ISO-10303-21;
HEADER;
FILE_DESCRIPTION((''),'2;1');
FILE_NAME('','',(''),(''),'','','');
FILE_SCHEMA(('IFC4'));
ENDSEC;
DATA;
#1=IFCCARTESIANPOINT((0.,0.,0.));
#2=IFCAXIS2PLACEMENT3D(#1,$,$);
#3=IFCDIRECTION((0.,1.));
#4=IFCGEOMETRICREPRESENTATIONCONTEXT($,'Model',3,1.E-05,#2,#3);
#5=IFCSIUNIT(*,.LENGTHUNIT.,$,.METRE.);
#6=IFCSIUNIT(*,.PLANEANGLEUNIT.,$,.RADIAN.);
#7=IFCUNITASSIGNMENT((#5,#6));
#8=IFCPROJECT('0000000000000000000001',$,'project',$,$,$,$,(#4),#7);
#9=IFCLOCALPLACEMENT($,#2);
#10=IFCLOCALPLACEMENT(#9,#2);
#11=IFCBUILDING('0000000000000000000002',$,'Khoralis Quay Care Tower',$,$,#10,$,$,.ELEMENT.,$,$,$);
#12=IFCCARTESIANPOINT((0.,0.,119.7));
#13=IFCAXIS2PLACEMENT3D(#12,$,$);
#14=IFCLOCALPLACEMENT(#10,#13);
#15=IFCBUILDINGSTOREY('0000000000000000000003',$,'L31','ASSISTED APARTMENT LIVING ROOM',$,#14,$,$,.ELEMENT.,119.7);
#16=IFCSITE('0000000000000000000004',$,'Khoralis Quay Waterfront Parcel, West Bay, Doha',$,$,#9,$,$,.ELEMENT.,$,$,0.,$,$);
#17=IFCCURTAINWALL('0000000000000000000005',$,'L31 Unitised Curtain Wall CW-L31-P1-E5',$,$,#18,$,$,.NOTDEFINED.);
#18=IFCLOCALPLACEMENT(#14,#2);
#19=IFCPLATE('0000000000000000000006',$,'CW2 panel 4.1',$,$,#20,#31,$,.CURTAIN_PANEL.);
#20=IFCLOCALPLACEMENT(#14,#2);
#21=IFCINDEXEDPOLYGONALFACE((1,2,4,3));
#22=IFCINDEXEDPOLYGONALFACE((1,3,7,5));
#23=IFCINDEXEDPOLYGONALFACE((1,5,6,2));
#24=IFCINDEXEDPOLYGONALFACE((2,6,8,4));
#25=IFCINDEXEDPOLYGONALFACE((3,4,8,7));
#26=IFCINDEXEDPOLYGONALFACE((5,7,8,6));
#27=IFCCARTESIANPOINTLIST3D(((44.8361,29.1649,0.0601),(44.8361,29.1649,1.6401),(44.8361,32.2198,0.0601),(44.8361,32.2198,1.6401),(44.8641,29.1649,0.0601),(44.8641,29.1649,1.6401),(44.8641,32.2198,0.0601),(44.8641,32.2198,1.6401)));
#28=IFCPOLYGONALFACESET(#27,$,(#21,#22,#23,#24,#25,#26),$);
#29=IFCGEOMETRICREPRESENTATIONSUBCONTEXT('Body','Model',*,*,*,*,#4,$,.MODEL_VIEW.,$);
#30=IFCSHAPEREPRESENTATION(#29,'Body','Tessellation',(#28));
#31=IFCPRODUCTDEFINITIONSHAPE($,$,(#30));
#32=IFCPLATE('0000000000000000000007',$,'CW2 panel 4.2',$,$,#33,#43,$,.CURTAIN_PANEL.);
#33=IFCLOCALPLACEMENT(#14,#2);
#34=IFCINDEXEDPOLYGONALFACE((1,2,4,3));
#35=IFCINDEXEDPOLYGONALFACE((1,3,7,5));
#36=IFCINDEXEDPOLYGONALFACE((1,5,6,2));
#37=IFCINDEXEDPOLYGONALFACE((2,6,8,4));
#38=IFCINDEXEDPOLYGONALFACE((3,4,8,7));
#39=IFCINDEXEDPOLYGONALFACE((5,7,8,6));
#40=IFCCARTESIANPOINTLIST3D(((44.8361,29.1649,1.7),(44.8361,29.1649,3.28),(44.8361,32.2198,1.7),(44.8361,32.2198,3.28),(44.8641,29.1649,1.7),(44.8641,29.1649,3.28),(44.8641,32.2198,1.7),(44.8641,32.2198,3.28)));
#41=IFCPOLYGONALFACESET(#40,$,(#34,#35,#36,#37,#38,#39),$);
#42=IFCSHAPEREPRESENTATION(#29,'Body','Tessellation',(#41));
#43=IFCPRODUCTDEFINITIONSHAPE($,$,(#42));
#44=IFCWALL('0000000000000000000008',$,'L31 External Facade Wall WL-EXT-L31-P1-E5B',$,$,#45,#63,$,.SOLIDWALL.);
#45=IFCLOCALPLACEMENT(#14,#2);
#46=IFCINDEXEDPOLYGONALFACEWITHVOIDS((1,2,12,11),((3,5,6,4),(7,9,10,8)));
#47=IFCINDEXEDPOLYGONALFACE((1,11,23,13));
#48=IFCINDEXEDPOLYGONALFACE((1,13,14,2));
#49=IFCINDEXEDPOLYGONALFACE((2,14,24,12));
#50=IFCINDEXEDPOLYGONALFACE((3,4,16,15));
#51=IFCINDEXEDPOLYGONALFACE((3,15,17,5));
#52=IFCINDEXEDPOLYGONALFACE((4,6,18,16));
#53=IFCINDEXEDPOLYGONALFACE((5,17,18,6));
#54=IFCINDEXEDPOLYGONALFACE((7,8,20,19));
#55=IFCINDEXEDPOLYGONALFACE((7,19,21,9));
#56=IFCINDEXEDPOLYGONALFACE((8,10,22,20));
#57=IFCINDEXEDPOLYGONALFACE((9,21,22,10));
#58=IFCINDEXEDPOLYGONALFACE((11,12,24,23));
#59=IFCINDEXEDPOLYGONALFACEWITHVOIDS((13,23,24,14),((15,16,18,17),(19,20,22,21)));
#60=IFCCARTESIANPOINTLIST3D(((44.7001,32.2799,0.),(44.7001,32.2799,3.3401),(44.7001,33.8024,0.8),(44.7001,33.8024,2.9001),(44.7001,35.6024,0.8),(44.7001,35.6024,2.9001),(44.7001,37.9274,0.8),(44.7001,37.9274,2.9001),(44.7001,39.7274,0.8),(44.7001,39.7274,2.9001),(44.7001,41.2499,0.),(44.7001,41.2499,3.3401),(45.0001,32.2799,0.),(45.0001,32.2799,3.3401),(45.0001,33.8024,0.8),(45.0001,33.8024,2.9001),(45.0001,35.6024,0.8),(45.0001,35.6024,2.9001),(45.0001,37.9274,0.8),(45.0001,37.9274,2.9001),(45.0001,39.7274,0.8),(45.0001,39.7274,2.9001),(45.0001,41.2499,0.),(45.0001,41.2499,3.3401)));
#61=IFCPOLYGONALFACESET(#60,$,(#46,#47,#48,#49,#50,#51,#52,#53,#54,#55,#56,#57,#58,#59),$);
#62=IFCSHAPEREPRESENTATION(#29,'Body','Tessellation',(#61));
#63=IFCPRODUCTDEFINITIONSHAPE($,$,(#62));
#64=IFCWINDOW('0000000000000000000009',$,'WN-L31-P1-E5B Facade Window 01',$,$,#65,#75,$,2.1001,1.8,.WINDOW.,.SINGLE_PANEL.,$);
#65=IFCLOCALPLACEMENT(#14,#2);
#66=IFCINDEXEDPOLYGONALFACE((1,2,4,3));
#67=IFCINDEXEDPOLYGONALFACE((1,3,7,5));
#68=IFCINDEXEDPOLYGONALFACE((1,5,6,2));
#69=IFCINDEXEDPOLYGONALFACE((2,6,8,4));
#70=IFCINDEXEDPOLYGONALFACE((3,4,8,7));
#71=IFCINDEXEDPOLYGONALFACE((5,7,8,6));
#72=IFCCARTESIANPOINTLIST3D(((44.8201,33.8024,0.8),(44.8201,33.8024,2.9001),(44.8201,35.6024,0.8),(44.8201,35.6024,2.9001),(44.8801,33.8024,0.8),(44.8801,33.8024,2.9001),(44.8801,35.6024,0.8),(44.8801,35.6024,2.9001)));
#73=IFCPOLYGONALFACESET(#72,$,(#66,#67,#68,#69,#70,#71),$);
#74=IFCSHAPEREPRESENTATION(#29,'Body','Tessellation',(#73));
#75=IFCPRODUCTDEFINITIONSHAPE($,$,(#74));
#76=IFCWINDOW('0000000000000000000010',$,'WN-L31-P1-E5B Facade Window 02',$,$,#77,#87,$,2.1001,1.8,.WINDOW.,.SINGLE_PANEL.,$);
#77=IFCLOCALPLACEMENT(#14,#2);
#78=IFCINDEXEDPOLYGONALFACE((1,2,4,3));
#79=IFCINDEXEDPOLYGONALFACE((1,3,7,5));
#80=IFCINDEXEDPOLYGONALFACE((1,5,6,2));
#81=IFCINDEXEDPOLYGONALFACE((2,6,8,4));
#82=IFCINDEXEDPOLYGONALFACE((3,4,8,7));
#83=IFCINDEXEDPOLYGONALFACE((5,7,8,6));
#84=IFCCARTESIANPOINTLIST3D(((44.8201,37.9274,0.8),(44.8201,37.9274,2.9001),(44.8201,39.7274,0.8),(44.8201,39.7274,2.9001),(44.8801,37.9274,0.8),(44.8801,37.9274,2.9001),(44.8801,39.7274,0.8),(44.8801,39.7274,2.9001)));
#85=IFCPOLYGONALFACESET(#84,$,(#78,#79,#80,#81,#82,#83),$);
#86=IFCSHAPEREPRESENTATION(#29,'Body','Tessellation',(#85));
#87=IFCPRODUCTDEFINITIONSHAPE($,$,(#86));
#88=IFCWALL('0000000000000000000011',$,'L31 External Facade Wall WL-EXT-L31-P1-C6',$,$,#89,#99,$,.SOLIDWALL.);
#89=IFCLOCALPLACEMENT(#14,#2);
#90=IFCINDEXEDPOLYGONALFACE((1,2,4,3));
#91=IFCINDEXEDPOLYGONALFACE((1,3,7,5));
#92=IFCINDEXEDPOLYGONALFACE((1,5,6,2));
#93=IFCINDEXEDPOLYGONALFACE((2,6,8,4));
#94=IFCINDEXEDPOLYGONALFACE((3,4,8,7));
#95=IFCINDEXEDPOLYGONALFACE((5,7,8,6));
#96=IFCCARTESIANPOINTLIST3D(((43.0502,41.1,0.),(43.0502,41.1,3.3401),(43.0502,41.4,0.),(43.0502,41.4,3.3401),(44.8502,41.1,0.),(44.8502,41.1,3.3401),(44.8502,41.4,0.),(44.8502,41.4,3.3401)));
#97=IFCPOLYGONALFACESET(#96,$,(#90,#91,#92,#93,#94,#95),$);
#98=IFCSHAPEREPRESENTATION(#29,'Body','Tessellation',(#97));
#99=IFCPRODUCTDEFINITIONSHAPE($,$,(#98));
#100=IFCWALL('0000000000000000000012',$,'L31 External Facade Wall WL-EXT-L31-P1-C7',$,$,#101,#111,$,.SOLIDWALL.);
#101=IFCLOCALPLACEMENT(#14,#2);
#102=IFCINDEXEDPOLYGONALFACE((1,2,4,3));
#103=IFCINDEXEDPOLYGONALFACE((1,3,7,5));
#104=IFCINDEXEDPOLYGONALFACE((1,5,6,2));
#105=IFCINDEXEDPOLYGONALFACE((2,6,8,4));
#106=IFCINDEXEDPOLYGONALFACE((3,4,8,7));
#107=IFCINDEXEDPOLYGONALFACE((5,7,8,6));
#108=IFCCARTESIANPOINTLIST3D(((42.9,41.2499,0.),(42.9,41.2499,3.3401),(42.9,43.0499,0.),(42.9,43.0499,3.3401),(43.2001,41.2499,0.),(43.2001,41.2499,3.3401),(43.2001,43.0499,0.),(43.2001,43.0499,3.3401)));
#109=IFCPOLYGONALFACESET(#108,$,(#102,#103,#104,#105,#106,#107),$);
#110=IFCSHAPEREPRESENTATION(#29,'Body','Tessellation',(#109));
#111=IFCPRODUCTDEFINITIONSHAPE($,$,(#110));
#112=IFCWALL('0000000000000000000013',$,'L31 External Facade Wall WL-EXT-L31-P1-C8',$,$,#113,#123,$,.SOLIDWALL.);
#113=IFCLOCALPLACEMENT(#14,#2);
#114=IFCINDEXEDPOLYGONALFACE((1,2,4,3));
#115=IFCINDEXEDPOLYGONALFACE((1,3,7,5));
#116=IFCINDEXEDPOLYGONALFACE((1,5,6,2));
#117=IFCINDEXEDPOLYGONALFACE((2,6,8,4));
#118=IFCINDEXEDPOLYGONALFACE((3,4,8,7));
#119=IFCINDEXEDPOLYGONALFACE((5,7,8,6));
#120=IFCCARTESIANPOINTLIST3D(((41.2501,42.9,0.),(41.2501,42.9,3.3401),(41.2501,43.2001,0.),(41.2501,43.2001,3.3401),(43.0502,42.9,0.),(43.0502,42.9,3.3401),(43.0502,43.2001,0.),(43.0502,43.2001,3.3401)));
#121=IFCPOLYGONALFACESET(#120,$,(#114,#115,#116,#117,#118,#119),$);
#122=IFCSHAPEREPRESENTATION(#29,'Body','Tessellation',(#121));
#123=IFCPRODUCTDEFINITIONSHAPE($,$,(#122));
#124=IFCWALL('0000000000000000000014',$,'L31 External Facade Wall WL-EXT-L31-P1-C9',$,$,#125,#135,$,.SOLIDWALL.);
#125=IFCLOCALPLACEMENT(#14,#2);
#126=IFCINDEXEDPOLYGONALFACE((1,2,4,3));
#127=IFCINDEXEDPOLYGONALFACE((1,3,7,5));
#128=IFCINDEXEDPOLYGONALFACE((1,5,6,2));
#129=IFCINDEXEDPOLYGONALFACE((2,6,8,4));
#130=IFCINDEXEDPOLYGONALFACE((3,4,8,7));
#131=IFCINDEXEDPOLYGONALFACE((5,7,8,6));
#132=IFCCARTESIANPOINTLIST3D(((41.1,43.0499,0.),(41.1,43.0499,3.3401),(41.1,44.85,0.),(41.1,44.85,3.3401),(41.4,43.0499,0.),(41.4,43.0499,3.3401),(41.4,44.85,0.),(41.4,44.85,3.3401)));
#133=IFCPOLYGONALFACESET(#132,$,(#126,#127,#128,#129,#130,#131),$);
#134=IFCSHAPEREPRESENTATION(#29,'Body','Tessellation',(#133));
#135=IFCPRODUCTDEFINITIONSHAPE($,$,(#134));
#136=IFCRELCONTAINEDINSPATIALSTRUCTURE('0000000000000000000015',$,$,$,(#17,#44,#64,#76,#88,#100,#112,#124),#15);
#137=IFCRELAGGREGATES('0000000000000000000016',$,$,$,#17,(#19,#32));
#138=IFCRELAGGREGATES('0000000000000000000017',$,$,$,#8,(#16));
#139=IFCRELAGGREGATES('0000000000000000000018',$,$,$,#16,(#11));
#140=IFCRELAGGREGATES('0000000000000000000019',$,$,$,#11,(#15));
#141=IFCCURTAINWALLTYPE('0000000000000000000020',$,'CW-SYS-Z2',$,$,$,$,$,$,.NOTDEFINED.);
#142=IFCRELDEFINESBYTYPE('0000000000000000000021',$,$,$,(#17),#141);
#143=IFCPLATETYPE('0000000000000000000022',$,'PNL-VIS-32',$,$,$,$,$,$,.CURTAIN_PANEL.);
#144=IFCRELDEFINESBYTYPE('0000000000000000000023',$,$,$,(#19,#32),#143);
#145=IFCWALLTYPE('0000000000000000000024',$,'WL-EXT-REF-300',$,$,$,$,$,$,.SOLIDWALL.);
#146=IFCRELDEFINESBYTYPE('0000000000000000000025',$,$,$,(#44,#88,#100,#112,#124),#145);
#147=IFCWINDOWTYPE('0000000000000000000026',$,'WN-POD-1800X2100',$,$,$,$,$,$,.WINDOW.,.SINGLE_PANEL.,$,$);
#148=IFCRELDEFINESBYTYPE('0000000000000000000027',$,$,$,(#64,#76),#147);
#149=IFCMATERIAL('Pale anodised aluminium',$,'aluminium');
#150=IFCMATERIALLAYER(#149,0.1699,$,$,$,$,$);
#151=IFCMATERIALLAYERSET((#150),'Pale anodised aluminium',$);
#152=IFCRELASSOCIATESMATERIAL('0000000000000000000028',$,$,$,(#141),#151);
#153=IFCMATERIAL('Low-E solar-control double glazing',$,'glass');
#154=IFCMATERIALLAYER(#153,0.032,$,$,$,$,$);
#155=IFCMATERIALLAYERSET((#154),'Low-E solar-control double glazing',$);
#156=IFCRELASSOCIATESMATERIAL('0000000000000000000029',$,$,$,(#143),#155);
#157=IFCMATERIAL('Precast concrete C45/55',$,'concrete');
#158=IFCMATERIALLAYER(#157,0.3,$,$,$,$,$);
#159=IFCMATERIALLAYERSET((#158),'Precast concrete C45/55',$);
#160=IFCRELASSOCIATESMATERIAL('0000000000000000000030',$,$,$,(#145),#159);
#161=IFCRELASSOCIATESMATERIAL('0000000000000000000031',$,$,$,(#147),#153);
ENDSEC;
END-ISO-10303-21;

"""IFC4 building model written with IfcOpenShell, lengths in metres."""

from ifc_helpers import new_model, si_unit, direction, frame, frame_2d, origin, origin_2d, place, context, subcontext, project, spatial, rectangle, extrude, source, transform, mapped, material, layer, layer_set, type_object, element, fill, aggregate, save


model = new_model("IFC4")

# Units and contexts
model_context = context("Model", 3, precision=1e-05, world=origin(), true_north=direction((0.0, 1.0)))
body_context = subcontext(model_context, "Body", "Model", "MODEL_VIEW")
ifc_project = project(units=[si_unit("LENGTHUNIT", "METRE"), si_unit("PLANEANGLEUNIT", "RADIAN")], contexts=[model_context])

# Site, building, storey
site_placement = place(None, origin())
site = spatial("IfcSite", under=ifc_project, at=site_placement, Name="Khoralis Quay Waterfront Parcel, West Bay, Doha", CompositionType="ELEMENT", RefElevation=0.0)
building_placement = place(site_placement, origin())
building = spatial("IfcBuilding", under=site, at=building_placement, Name="Khoralis Quay Care Tower", CompositionType="ELEMENT")
storey_placement = place(building_placement, frame((0.0, 0.0, 119.7)))
storey = spatial("IfcBuildingStorey", under=building, at=storey_placement, Name="L31", Description="ASSISTED APARTMENT LIVING ROOM", CompositionType="ELEMENT", Elevation=119.7)

# Curtain wall, plates
ifc_material_1 = material(Name="Pale anodised aluminium", Category="aluminium")
ifc_layer_1 = layer(ifc_material_1, 0.1699)
ifc_layer_set_1 = layer_set([ifc_layer_1], Name="Pale anodised aluminium")
curtain_wall_type = type_object("IfcCurtainWallType", Name="CW-SYS-Z2", PredefinedType="NOTDEFINED", material=ifc_layer_set_1)
curtain_wall_placement = place(storey_placement, origin())
curtain_wall = element("IfcCurtainWall", 1, at=curtain_wall_placement, inside=storey, type_object=curtain_wall_type, Name="L31 Unitised Curtain Wall CW-L31-P1-E5", PredefinedType="NOTDEFINED")
ifc_material_2 = material(Name="Low-E solar-control double glazing", Category="glass")
ifc_layer_2 = layer(ifc_material_2, 0.032)
ifc_layer_set_2 = layer_set([ifc_layer_2], Name="Low-E solar-control double glazing")
plate_type = type_object("IfcPlateType", Name="PNL-VIS-32", PredefinedType="CURTAIN_PANEL", material=ifc_layer_set_2)
shared_shape_1 = source(origin(), body_context, "Body", "SweptSolid", [
    extrude(rectangle(XDim=3.0549, YDim=0.0281, at=origin_2d()), origin(), (0.0, 0.0, 1.0), 1.5801),
])
plate_1_placement = place(storey_placement, frame((44.8501, 30.6924, 0.0601), z_axis=(0.0, 0.0, 1.0), x_axis=(0.0, 1.0, 0.0)))
plate_1 = element("IfcPlate", 2, at=plate_1_placement, type_object=plate_type, Name="CW2 panel 4.1", PredefinedType="CURTAIN_PANEL", context=body_context, shape_type="MappedRepresentation", body=[
    mapped(shared_shape_1, transform((0.0, 0.0, 0.0), scale=1.0)),
])
plate_2_placement = place(storey_placement, frame((44.8501, 30.6924, 1.7), z_axis=(0.0, 0.0, 1.0), x_axis=(0.0, 1.0, 0.0)))
plate_2 = element("IfcPlate", 3, at=plate_2_placement, type_object=plate_type, Name="CW2 panel 4.2", PredefinedType="CURTAIN_PANEL", context=body_context, shape_type="MappedRepresentation", body=[
    mapped(shared_shape_1, transform((0.0, 0.0, 0.0), scale=1.0)),
])
aggregate(curtain_wall, [plate_1, plate_2])

# Wall, openings, windows
ifc_material_3 = material(Name="Precast concrete C45/55", Category="concrete")
ifc_layer_3 = layer(ifc_material_3, 0.3)
ifc_layer_set_3 = layer_set([ifc_layer_3], Name="Precast concrete C45/55")
wall_type_1 = type_object("IfcWallType", Name="WL-EXT-REF-300", PredefinedType="SOLIDWALL", material=ifc_layer_set_3)
wall_1_placement = place(storey_placement, frame((44.8501, 32.28, 0.0), z_axis=(0.0, 0.0, 1.0), x_axis=(0.0, 1.0, 0.0)))
wall_1 = element("IfcWall", 4, at=wall_1_placement, inside=storey, type_object=wall_type_1, Name="L31 External Facade Wall WL-EXT-L31-P1-E5B", PredefinedType="SOLIDWALL", context=body_context, shape_type="SweptSolid", body=[
    extrude(rectangle(XDim=8.97, YDim=0.3, at=frame_2d((4.4849, 0.0))), origin(), (0.0, 0.0, 1.0), 3.3401),
])
opening_1_placement = place(wall_1_placement, frame((1.5225, 0.0, 0.8)))
opening_1 = element("IfcOpeningElement", 5, at=opening_1_placement, cuts=wall_1, PredefinedType="OPENING", context=body_context, shape_type="SweptSolid", body=[
    extrude(rectangle(XDim=1.8, YDim=2.1001, at=frame_2d((0.8999, 1.05))), frame((0.0, 0.1602, 0.0), z_axis=(0.0, -1.0, 0.0), x_axis=(1.0, 0.0, 0.0)), (0.0, 0.0, 1.0), 0.3201),
])
opening_2_placement = place(wall_1_placement, frame((5.6475, 0.0, 0.8)))
opening_2 = element("IfcOpeningElement", 6, at=opening_2_placement, cuts=wall_1, PredefinedType="OPENING", context=body_context, shape_type="SweptSolid", body=[
    extrude(rectangle(XDim=1.8, YDim=2.1001, at=frame_2d((0.8999, 1.05))), frame((0.0, 0.1602, 0.0), z_axis=(0.0, -1.0, 0.0), x_axis=(1.0, 0.0, 0.0)), (0.0, 0.0, 1.0), 0.3201),
])
window_type = type_object("IfcWindowType", Name="WN-POD-1800X2100", PartitioningType="SINGLE_PANEL", PredefinedType="WINDOW", material=ifc_material_2)
shared_shape_2 = source(origin(), body_context, "Body", "SweptSolid", [
    extrude(rectangle(XDim=1.8, YDim=2.1001, at=frame_2d((0.8999, 1.05))), frame((0.0, 0.03, 0.0), z_axis=(0.0, -1.0, 0.0), x_axis=(1.0, 0.0, 0.0)), (0.0, 0.0, 1.0), 0.0601),
])
window_1_placement = place(opening_1_placement, origin())
window_1 = element("IfcWindow", 7, at=window_1_placement, inside=storey, type_object=window_type, Name="WN-L31-P1-E5B Facade Window 01", OverallHeight=2.1001, OverallWidth=1.8, PartitioningType="SINGLE_PANEL", PredefinedType="WINDOW", context=body_context, shape_type="MappedRepresentation", body=[
    mapped(shared_shape_2, transform((0.0, 0.0, 0.0), scale=1.0)),
])
fill(opening_1, window_1)
window_2_placement = place(opening_2_placement, origin())
window_2 = element("IfcWindow", 8, at=window_2_placement, inside=storey, type_object=window_type, Name="WN-L31-P1-E5B Facade Window 02", OverallHeight=2.1001, OverallWidth=1.8, PartitioningType="SINGLE_PANEL", PredefinedType="WINDOW", context=body_context, shape_type="MappedRepresentation", body=[
    mapped(shared_shape_2, transform((0.0, 0.0, 0.0), scale=1.0)),
])
fill(opening_2, window_2)

# Walls
for number, where, z_axis, x_axis, name in (
    (9, (44.8501, 41.25, 0.0), (0.0, 0.0, 1.0), (-1.0, 0.0, 0.0), "L31 External Facade Wall WL-EXT-L31-P1-C6"),
    (10, (43.05, 41.25, 0.0), (0.0, 0.0, 1.0), (0.0, 1.0, 0.0), "L31 External Facade Wall WL-EXT-L31-P1-C7"),
    (11, (43.05, 43.05, 0.0), (0.0, 0.0, 1.0), (-1.0, 0.0, 0.0), "L31 External Facade Wall WL-EXT-L31-P1-C8"),
    (12, (41.25, 43.05, 0.0), (0.0, 0.0, 1.0), (0.0, 1.0, 0.0), "L31 External Facade Wall WL-EXT-L31-P1-C9"),
):
    element("IfcWall", number, at=place(storey_placement, frame(where, z_axis=z_axis, x_axis=x_axis)), inside=storey, type_object=wall_type_1, Name=name, PredefinedType="SOLIDWALL", context=body_context, shape_type="SweptSolid", body=[
        extrude(rectangle(XDim=1.8, YDim=0.3, at=frame_2d((0.8999, 0.0))), origin(), (0.0, 0.0, 1.0), 3.3401),
    ])

save(model, "model.ifc")
